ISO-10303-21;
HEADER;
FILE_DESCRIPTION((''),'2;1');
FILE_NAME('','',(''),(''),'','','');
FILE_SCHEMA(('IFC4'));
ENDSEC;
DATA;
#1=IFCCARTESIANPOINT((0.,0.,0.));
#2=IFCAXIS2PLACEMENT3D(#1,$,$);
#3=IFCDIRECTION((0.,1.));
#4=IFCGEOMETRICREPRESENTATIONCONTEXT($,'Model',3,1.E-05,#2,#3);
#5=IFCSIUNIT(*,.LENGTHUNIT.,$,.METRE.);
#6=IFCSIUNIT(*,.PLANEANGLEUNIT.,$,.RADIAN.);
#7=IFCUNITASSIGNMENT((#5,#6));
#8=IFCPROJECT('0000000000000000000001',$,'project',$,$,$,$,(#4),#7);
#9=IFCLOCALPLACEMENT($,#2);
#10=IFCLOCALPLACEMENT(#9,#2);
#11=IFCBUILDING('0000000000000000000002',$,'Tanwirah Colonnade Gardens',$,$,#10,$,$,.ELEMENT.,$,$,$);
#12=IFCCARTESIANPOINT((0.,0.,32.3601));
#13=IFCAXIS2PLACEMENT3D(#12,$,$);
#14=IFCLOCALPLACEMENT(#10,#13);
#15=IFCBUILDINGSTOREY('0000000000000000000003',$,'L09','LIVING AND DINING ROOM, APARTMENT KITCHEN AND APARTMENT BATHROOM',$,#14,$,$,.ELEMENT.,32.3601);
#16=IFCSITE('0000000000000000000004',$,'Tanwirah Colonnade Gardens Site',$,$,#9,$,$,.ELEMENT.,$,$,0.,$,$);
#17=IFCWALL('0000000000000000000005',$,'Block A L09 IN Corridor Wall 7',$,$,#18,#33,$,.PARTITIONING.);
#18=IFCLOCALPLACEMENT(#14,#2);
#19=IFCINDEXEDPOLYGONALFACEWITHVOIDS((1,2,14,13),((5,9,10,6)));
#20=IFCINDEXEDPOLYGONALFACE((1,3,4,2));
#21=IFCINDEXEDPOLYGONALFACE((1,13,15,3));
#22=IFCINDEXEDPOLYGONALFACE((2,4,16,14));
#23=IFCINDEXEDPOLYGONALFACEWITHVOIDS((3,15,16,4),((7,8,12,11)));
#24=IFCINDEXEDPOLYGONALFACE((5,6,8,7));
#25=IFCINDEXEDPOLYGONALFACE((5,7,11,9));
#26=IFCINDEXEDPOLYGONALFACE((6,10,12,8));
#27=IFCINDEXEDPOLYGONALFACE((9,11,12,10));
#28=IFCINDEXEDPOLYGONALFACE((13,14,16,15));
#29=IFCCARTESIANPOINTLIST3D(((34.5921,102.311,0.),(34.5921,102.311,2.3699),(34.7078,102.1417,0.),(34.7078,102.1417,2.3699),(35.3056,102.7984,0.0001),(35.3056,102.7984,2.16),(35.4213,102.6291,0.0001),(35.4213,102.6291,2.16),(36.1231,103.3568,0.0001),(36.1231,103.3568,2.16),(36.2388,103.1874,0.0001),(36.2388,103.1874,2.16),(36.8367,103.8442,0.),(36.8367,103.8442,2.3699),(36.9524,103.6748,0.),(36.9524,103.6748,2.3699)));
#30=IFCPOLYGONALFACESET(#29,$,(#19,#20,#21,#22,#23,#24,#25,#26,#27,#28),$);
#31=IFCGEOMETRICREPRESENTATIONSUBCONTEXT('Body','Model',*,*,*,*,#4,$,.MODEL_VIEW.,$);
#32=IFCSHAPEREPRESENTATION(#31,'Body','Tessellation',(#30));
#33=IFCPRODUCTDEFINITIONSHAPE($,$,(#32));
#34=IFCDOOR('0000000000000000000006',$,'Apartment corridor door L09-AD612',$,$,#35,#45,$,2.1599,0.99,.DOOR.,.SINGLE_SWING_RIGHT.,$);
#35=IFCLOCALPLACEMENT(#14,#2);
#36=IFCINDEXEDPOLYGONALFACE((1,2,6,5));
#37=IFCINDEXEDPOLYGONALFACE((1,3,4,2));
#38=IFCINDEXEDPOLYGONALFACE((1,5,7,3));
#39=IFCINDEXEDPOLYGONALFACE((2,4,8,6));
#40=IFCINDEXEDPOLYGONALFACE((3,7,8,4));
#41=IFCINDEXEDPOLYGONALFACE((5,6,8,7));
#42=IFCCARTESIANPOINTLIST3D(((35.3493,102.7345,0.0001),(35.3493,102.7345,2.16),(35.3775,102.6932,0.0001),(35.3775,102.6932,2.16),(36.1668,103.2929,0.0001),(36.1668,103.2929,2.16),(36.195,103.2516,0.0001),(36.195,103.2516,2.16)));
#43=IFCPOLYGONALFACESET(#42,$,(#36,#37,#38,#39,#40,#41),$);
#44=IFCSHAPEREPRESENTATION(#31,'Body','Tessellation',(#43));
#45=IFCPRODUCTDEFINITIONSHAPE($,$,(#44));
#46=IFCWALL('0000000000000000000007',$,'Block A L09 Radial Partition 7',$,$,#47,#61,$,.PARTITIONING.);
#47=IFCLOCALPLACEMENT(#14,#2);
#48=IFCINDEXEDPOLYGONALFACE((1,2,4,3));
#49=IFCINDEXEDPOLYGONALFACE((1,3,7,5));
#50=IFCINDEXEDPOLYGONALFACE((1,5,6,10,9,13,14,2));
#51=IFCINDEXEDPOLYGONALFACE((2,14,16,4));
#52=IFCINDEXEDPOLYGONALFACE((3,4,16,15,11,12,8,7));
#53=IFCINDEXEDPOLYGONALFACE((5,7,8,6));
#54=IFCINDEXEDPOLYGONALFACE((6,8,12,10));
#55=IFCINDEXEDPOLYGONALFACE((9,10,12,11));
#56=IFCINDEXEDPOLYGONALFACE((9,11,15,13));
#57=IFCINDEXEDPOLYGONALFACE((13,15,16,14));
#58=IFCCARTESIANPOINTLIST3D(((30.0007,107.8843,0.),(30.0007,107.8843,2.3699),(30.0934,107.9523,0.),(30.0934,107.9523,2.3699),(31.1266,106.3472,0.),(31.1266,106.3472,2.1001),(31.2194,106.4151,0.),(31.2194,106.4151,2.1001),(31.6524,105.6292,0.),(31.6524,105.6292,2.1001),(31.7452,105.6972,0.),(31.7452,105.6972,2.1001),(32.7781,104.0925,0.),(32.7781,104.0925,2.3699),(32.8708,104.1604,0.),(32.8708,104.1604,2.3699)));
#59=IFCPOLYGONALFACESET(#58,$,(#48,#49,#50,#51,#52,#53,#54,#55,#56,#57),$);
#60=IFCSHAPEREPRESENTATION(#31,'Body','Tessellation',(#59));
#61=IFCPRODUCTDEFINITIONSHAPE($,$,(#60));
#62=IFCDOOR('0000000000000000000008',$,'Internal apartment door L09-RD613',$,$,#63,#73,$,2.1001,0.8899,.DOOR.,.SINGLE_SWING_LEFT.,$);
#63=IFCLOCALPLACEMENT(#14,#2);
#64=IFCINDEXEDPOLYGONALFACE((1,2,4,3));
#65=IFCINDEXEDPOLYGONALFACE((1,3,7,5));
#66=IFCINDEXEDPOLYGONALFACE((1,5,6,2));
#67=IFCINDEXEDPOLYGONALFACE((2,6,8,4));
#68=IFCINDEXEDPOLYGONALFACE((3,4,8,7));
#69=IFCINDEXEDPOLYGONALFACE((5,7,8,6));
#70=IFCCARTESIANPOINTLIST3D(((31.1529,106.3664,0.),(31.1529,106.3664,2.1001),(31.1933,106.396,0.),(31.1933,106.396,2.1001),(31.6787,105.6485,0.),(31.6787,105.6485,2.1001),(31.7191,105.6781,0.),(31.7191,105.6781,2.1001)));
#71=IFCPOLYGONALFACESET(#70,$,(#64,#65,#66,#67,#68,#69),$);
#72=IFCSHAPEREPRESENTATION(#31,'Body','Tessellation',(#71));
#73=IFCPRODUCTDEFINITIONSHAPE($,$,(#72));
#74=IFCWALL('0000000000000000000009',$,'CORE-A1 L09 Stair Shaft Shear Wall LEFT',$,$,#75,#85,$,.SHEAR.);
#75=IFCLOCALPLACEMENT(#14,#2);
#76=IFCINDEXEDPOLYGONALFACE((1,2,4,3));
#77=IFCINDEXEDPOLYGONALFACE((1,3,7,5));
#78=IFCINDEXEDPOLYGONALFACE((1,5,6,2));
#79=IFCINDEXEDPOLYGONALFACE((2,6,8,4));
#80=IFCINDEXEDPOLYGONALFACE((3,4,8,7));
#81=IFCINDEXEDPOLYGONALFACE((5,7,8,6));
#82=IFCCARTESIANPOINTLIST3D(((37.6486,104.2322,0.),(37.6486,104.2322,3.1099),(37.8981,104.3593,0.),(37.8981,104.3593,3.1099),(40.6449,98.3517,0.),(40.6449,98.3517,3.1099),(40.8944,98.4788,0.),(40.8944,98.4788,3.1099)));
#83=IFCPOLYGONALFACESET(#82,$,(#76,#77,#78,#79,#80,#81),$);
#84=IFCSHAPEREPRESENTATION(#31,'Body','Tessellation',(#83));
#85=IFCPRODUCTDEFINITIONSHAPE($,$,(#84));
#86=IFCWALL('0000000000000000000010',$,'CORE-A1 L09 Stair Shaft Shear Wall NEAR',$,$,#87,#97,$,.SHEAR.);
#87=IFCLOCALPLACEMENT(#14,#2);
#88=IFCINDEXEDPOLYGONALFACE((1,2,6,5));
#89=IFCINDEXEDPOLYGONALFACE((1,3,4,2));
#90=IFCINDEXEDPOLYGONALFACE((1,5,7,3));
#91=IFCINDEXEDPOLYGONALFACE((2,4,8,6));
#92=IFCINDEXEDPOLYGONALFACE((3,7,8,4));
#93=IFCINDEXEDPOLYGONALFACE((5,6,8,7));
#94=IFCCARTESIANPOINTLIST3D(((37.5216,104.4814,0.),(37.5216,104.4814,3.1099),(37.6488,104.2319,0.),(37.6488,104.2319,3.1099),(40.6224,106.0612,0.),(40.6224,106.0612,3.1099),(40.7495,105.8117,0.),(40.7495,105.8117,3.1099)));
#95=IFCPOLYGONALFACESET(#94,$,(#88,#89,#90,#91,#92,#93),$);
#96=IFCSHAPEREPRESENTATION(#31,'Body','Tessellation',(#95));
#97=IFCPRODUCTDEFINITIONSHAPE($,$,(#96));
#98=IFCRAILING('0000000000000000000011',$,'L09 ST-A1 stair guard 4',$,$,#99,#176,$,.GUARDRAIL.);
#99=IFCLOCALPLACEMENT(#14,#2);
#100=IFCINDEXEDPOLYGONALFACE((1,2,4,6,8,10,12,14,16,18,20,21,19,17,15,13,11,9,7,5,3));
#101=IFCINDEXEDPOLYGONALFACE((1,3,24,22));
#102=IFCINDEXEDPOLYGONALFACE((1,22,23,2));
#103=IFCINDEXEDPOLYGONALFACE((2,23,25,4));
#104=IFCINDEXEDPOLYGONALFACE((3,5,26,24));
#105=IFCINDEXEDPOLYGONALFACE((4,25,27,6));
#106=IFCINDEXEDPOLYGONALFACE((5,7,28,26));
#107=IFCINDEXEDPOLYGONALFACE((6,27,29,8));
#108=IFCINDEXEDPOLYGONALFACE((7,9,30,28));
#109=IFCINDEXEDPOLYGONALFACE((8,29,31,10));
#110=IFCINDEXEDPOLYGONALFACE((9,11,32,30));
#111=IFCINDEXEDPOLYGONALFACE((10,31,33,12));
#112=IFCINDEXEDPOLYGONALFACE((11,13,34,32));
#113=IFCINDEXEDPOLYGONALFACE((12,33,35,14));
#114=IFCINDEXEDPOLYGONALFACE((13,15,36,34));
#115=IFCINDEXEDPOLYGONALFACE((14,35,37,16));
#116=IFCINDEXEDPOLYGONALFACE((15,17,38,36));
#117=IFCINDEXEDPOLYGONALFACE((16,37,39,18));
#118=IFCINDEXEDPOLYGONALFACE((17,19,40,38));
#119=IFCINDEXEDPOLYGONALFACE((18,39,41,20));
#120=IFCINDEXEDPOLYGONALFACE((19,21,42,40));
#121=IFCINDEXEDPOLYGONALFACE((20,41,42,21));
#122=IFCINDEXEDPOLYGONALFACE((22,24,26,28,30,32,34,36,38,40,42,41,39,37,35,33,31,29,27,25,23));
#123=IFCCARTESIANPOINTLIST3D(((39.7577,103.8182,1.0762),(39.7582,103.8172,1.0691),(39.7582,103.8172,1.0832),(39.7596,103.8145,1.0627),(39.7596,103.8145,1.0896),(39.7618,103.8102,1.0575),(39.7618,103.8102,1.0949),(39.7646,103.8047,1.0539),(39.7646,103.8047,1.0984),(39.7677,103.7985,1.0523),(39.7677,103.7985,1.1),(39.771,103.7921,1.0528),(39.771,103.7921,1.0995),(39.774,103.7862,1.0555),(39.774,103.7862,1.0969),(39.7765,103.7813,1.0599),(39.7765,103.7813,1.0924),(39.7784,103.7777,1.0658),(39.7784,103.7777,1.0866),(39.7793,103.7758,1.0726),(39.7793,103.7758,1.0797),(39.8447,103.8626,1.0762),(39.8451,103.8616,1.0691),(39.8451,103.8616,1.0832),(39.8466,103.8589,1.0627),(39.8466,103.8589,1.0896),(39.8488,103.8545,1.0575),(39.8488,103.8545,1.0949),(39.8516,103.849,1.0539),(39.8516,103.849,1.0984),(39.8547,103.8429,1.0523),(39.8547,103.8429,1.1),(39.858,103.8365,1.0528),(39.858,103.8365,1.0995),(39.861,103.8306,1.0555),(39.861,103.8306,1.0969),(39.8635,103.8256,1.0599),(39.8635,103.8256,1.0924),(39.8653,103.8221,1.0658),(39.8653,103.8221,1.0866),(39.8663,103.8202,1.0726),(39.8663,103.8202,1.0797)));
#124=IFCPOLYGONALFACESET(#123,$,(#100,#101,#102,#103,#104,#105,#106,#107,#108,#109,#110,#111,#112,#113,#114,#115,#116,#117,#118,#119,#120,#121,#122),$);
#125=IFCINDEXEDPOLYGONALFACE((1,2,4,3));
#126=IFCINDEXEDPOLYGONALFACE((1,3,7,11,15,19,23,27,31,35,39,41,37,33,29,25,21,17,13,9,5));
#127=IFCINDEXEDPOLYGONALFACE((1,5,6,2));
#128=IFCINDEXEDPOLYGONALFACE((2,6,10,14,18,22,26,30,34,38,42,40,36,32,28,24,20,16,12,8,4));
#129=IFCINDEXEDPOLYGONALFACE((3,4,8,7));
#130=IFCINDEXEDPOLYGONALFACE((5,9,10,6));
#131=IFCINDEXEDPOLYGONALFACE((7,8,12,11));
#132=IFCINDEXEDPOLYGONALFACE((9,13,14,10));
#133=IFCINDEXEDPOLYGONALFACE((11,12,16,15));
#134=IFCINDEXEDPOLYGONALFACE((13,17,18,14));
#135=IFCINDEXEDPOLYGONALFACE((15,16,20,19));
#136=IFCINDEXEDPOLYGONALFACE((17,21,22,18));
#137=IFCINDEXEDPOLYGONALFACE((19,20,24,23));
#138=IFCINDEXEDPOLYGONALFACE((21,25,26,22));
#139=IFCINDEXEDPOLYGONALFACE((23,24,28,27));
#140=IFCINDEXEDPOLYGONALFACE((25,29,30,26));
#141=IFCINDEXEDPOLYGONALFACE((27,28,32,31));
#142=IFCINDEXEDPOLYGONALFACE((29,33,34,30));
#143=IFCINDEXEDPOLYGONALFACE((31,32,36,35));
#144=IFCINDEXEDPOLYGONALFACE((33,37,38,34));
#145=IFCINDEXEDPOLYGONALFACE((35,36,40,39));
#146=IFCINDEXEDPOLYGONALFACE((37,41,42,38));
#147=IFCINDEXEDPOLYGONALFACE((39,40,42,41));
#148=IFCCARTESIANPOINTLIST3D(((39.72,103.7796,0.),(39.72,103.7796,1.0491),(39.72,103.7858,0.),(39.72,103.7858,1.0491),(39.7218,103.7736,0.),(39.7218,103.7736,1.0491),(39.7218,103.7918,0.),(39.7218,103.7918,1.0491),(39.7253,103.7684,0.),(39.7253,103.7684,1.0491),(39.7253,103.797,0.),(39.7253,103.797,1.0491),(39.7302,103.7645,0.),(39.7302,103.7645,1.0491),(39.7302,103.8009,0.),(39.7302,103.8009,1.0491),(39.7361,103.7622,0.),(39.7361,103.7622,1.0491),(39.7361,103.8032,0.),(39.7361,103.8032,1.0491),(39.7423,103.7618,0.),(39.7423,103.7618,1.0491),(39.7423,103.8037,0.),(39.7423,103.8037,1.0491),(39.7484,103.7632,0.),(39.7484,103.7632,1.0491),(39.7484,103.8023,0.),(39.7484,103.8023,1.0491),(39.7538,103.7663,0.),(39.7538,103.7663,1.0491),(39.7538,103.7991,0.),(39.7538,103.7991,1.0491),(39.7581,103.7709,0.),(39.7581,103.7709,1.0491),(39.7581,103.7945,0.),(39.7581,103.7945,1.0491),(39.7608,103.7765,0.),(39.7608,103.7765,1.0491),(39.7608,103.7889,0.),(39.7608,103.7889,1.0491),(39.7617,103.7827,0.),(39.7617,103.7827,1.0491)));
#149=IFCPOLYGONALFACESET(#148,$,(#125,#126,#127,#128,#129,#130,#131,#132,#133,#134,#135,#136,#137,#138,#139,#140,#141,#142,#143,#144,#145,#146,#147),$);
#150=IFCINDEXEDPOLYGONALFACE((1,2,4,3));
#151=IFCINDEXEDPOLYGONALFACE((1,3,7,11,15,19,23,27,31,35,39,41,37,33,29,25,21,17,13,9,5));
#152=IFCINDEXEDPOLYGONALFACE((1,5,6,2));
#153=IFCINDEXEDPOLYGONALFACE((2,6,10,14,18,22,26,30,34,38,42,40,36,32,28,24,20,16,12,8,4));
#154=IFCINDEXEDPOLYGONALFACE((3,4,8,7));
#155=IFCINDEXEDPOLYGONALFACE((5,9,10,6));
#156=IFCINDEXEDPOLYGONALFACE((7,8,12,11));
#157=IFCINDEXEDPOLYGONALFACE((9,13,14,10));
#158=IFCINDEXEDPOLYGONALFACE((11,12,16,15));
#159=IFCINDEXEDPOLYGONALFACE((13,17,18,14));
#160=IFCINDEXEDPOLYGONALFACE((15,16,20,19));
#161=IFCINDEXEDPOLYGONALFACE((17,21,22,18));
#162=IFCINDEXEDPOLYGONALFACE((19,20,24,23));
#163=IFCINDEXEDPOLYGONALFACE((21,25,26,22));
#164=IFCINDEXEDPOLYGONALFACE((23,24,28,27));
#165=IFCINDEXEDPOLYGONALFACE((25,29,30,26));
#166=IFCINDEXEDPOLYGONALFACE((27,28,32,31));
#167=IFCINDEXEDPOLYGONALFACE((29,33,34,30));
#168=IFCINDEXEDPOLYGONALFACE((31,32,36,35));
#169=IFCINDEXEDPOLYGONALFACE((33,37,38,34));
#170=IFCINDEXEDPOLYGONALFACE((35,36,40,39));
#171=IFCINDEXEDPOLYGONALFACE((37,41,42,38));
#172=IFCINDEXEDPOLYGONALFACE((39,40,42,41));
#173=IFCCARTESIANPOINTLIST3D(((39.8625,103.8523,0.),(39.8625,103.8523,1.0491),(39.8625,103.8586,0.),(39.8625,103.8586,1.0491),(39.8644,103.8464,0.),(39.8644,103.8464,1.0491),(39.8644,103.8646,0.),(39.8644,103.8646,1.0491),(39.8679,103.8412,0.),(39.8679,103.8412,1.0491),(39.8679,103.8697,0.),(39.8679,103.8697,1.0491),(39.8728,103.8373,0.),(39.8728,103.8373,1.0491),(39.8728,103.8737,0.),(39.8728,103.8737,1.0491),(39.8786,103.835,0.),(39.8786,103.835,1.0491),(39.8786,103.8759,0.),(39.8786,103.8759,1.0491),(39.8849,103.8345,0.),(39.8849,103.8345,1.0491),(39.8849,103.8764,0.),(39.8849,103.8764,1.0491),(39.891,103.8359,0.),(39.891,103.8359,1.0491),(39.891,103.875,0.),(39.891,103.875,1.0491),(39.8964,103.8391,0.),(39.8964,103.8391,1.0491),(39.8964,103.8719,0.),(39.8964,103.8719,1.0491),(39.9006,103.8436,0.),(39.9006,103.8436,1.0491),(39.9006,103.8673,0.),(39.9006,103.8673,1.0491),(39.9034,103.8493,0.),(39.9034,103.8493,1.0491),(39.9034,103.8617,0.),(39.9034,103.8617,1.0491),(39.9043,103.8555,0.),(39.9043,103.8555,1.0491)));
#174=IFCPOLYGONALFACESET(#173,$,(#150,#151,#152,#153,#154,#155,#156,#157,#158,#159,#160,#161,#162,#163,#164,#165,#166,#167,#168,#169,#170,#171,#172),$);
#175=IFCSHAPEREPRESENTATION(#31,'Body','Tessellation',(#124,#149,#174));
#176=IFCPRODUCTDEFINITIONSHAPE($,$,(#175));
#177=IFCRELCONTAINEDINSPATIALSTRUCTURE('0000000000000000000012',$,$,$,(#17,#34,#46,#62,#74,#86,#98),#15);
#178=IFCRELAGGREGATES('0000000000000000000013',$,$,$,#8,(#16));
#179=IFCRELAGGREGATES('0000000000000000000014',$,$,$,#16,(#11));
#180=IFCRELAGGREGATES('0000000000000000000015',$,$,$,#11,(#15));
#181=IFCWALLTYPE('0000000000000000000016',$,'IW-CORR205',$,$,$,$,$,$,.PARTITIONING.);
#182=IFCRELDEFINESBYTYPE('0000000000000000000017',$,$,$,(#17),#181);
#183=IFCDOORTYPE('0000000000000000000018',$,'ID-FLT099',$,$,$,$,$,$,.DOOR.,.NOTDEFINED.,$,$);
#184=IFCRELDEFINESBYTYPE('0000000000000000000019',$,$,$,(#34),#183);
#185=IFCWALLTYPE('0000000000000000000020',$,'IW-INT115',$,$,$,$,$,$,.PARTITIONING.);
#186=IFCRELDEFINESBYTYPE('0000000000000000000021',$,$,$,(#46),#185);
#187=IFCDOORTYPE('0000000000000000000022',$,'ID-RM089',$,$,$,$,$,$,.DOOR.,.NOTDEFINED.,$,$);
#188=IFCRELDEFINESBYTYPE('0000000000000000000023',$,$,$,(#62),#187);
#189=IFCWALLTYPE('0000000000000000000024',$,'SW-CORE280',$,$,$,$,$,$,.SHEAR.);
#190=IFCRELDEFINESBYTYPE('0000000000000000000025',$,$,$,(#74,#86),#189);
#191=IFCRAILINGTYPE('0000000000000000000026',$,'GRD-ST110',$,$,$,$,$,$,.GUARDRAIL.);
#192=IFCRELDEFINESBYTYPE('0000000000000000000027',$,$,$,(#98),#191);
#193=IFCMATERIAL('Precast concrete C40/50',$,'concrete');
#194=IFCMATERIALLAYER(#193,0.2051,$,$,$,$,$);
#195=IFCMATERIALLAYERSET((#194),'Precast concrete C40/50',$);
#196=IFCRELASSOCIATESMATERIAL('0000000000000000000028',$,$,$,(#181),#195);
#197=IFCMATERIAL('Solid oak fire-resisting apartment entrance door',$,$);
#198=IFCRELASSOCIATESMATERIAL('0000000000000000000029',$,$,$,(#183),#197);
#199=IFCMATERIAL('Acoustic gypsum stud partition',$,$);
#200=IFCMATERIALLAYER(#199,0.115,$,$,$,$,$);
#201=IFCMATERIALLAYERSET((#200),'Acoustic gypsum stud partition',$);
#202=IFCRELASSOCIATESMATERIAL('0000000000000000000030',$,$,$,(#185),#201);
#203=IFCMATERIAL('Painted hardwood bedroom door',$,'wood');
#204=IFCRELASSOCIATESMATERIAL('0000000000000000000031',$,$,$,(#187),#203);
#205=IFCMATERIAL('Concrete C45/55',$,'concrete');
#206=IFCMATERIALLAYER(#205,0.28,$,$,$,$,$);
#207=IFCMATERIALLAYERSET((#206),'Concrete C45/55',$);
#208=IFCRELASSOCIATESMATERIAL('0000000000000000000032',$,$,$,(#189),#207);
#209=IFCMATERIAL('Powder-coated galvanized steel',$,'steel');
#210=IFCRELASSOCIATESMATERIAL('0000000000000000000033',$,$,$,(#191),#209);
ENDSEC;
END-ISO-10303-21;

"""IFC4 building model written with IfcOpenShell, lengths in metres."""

from ifc_helpers import new_model, si_unit, direction, frame, frame_2d, origin, origin_2d, place, context, subcontext, project, spatial, rectangle, circle, extrude, material, layer, layer_set, type_object, element, fill, save


model = new_model("IFC4")

# Units and contexts
model_context = context("Model", 3, precision=1e-05, world=origin(), true_north=direction((0.0, 1.0)))
body_context = subcontext(model_context, "Body", "Model", "MODEL_VIEW")
ifc_project = project(units=[si_unit("LENGTHUNIT", "METRE"), si_unit("PLANEANGLEUNIT", "RADIAN")], contexts=[model_context])

# Site, building, storey
site_placement = place(None, origin())
site = spatial("IfcSite", under=ifc_project, at=site_placement, Name="Tanwirah Colonnade Gardens Site", CompositionType="ELEMENT", RefElevation=0.0)
building_placement = place(site_placement, origin())
building = spatial("IfcBuilding", under=site, at=building_placement, Name="Tanwirah Colonnade Gardens", CompositionType="ELEMENT")
storey_placement = place(building_placement, frame((0.0, 0.0, 32.3601)))
storey = spatial("IfcBuildingStorey", under=building, at=storey_placement, Name="L09", Description="LIVING AND DINING ROOM, APARTMENT KITCHEN AND APARTMENT BATHROOM", CompositionType="ELEMENT", Elevation=32.3601)

# Shared definitions
ifc_material_1 = material(Name="Precast concrete C40/50", Category="concrete")

# Walls, openings, doors
ifc_layer_1 = layer(ifc_material_1, 0.2051)
ifc_layer_set_1 = layer_set([ifc_layer_1], Name="Precast concrete C40/50")
wall_type_1 = type_object("IfcWallType", Name="IW-CORR205", PredefinedType="PARTITIONING", material=ifc_layer_set_1)
ifc_material_2 = material(Name="Solid oak fire-resisting apartment entrance door")
door_type_1 = type_object("IfcDoorType", Name="ID-FLT099", OperationType="NOTDEFINED", PredefinedType="DOOR", material=ifc_material_2)
wall_1_placement = place(storey_placement, frame((36.8945, 103.7595, 0.0), z_axis=(0.0, 0.0, 1.0), x_axis=(-0.825752, -0.564033, 0.0)))
wall_1 = element("IfcWall", 1, at=wall_1_placement, inside=storey, type_object=wall_type_1, Name="Block A L09 IN Corridor Wall 7", PredefinedType="PARTITIONING", context=body_context, shape_type="SweptSolid", body=[
    extrude(rectangle(XDim=2.7183, YDim=0.2051, at=frame_2d((1.3591, 0.0))), origin(), (0.0, 0.0, 1.0), 2.3699),
])
opening_1_placement = place(wall_1_placement, frame((0.864, 0.0, 0.0)))
opening_1 = element("IfcOpeningElement", 2, at=opening_1_placement, cuts=wall_1, PredefinedType="OPENING", context=body_context, shape_type="SweptSolid", body=[
    extrude(rectangle(XDim=0.99, YDim=2.1599, at=frame_2d((0.4951, 1.0801))), frame((0.0, 0.1125, 0.0), z_axis=(0.0, -1.0, 0.0), x_axis=(1.0, 0.0, 0.0)), (0.0, 0.0, 1.0), 0.2251),
])
door_1_placement = place(opening_1_placement, origin())
door_1 = element("IfcDoor", 3, at=door_1_placement, inside=storey, type_object=door_type_1, Name="Apartment corridor door L09-AD612", OperationType="SINGLE_SWING_RIGHT", OverallHeight=2.1599, OverallWidth=0.99, PredefinedType="DOOR", context=body_context, shape_type="SweptSolid", body=[
    extrude(rectangle(XDim=0.99, YDim=2.1599, at=frame_2d((0.4951, 1.0801))), frame((0.0, 0.0249, 0.0), z_axis=(0.0, -1.0, 0.0), x_axis=(1.0, 0.0, 0.0)), (0.0, 0.0, 1.0), 0.05),
])
fill(opening_1, door_1)
ifc_material_3 = material(Name="Acoustic gypsum stud partition")
ifc_layer_2 = layer(ifc_material_3, 0.115)
ifc_layer_set_2 = layer_set([ifc_layer_2], Name="Acoustic gypsum stud partition")
wall_type_2 = type_object("IfcWallType", Name="IW-INT115", PredefinedType="PARTITIONING", material=ifc_layer_set_2)
wall_2_placement = place(storey_placement, frame((32.8245, 104.1265, 0.0), z_axis=(0.0, 0.0, 1.0), x_axis=(-0.590911, 0.806737, 0.0)))
wall_2 = element("IfcWall", 4, at=wall_2_placement, inside=storey, type_object=wall_type_2, Name="Block A L09 Radial Partition 7", PredefinedType="PARTITIONING", context=body_context, shape_type="SweptSolid", body=[
    extrude(rectangle(XDim=4.7002, YDim=0.115, at=frame_2d((2.3501, 0.0))), origin(), (0.0, 0.0, 1.0), 2.3699),
])
opening_2_placement = place(wall_2_placement, frame((1.905, 0.0, 0.0)))
opening_2 = element("IfcOpeningElement", 5, at=opening_2_placement, cuts=wall_2, PredefinedType="OPENING", context=body_context, shape_type="SweptSolid", body=[
    extrude(rectangle(XDim=0.8899, YDim=2.1001, at=frame_2d((0.4448, 1.05))), frame((0.0, 0.0674, 0.0), z_axis=(0.0, -1.0, 0.0), x_axis=(1.0, 0.0, 0.0)), (0.0, 0.0, 1.0), 0.135),
])
ifc_material_4 = material(Name="Painted hardwood bedroom door", Category="wood")
door_type_2 = type_object("IfcDoorType", Name="ID-RM089", OperationType="NOTDEFINED", PredefinedType="DOOR", material=ifc_material_4)
door_2_placement = place(opening_2_placement, origin())
door_2 = element("IfcDoor", 6, at=door_2_placement, inside=storey, type_object=door_type_2, Name="Internal apartment door L09-RD613", OperationType="SINGLE_SWING_LEFT", OverallHeight=2.1001, OverallWidth=0.8899, PredefinedType="DOOR", context=body_context, shape_type="SweptSolid", body=[
    extrude(rectangle(XDim=0.8899, YDim=2.1001, at=frame_2d((0.4448, 1.05))), frame((0.0, 0.0249, 0.0), z_axis=(0.0, -1.0, 0.0), x_axis=(1.0, 0.0, 0.0)), (0.0, 0.0, 1.0), 0.05),
])
fill(opening_2, door_2)

# Walls
ifc_material_5 = material(Name="Concrete C45/55", Category="concrete")
ifc_layer_3 = layer(ifc_material_5, 0.28)
ifc_layer_set_3 = layer_set([ifc_layer_3], Name="Concrete C45/55")
wall_type_3 = type_object("IfcWallType", Name="SW-CORE280", PredefinedType="SHEAR", material=ifc_layer_set_3)
wall_3_placement = place(storey_placement, frame((37.7734, 104.2957, 0.0), z_axis=(0.0, 0.0, 1.0), x_axis=(0.453992, -0.891006, 0.0)))
element("IfcWall", 7, at=wall_3_placement, inside=storey, type_object=wall_type_3, Name="CORE-A1 L09 Stair Shaft Shear Wall LEFT", PredefinedType="SHEAR", context=body_context, shape_type="SweptSolid", body=[
    extrude(rectangle(XDim=6.5999, YDim=0.28, at=frame_2d((3.2998, 0.0))), origin(), (0.0, 0.0, 1.0), 3.1099),
])
wall_4_placement = place(storey_placement, frame((37.5852, 104.3567, 0.0), z_axis=(0.0, 0.0, 1.0), x_axis=(0.89102, 0.453964, 0.0)))
element("IfcWall", 8, at=wall_4_placement, inside=storey, type_object=wall_type_3, Name="CORE-A1 L09 Stair Shaft Shear Wall NEAR", PredefinedType="SHEAR", context=body_context, shape_type="SweptSolid", body=[
    extrude(rectangle(XDim=3.48, YDim=0.28, at=frame_2d((1.74, 0.0))), origin(), (0.0, 0.0, 1.0), 3.1099),
])

# Railing
ifc_material_6 = material(Name="Powder-coated galvanized steel", Category="steel")
railing_type = type_object("IfcRailingType", Name="GRD-ST110", PredefinedType="GUARDRAIL", material=ifc_material_6)
railing_placement = place(storey_placement, frame((39.7407, 103.7827, 0.0)))
element("IfcRailing", 9, at=railing_placement, inside=storey, type_object=railing_type, Name="L09 ST-A1 stair guard 4", PredefinedType="GUARDRAIL", context=body_context, shape_type="SweptSolid", body=[
    extrude(circle(Radius=0.0239, at=origin_2d()), frame((0.0278, 0.0142, 1.0762), z_axis=(0.890737, 0.45452, 0.0), x_axis=(-0.45452, 0.890737, 0.0)), (0.0, 0.0, 1.0), 0.0977),
    extrude(circle(Radius=0.021, at=origin_2d()), origin(), (0.0, 0.0, 1.0), 1.0491),
    extrude(circle(Radius=0.021, at=origin_2d()), frame((0.1426, 0.0728, 0.0)), (0.0, 0.0, 1.0), 1.0491),
])

save(model, "model.ifc")
